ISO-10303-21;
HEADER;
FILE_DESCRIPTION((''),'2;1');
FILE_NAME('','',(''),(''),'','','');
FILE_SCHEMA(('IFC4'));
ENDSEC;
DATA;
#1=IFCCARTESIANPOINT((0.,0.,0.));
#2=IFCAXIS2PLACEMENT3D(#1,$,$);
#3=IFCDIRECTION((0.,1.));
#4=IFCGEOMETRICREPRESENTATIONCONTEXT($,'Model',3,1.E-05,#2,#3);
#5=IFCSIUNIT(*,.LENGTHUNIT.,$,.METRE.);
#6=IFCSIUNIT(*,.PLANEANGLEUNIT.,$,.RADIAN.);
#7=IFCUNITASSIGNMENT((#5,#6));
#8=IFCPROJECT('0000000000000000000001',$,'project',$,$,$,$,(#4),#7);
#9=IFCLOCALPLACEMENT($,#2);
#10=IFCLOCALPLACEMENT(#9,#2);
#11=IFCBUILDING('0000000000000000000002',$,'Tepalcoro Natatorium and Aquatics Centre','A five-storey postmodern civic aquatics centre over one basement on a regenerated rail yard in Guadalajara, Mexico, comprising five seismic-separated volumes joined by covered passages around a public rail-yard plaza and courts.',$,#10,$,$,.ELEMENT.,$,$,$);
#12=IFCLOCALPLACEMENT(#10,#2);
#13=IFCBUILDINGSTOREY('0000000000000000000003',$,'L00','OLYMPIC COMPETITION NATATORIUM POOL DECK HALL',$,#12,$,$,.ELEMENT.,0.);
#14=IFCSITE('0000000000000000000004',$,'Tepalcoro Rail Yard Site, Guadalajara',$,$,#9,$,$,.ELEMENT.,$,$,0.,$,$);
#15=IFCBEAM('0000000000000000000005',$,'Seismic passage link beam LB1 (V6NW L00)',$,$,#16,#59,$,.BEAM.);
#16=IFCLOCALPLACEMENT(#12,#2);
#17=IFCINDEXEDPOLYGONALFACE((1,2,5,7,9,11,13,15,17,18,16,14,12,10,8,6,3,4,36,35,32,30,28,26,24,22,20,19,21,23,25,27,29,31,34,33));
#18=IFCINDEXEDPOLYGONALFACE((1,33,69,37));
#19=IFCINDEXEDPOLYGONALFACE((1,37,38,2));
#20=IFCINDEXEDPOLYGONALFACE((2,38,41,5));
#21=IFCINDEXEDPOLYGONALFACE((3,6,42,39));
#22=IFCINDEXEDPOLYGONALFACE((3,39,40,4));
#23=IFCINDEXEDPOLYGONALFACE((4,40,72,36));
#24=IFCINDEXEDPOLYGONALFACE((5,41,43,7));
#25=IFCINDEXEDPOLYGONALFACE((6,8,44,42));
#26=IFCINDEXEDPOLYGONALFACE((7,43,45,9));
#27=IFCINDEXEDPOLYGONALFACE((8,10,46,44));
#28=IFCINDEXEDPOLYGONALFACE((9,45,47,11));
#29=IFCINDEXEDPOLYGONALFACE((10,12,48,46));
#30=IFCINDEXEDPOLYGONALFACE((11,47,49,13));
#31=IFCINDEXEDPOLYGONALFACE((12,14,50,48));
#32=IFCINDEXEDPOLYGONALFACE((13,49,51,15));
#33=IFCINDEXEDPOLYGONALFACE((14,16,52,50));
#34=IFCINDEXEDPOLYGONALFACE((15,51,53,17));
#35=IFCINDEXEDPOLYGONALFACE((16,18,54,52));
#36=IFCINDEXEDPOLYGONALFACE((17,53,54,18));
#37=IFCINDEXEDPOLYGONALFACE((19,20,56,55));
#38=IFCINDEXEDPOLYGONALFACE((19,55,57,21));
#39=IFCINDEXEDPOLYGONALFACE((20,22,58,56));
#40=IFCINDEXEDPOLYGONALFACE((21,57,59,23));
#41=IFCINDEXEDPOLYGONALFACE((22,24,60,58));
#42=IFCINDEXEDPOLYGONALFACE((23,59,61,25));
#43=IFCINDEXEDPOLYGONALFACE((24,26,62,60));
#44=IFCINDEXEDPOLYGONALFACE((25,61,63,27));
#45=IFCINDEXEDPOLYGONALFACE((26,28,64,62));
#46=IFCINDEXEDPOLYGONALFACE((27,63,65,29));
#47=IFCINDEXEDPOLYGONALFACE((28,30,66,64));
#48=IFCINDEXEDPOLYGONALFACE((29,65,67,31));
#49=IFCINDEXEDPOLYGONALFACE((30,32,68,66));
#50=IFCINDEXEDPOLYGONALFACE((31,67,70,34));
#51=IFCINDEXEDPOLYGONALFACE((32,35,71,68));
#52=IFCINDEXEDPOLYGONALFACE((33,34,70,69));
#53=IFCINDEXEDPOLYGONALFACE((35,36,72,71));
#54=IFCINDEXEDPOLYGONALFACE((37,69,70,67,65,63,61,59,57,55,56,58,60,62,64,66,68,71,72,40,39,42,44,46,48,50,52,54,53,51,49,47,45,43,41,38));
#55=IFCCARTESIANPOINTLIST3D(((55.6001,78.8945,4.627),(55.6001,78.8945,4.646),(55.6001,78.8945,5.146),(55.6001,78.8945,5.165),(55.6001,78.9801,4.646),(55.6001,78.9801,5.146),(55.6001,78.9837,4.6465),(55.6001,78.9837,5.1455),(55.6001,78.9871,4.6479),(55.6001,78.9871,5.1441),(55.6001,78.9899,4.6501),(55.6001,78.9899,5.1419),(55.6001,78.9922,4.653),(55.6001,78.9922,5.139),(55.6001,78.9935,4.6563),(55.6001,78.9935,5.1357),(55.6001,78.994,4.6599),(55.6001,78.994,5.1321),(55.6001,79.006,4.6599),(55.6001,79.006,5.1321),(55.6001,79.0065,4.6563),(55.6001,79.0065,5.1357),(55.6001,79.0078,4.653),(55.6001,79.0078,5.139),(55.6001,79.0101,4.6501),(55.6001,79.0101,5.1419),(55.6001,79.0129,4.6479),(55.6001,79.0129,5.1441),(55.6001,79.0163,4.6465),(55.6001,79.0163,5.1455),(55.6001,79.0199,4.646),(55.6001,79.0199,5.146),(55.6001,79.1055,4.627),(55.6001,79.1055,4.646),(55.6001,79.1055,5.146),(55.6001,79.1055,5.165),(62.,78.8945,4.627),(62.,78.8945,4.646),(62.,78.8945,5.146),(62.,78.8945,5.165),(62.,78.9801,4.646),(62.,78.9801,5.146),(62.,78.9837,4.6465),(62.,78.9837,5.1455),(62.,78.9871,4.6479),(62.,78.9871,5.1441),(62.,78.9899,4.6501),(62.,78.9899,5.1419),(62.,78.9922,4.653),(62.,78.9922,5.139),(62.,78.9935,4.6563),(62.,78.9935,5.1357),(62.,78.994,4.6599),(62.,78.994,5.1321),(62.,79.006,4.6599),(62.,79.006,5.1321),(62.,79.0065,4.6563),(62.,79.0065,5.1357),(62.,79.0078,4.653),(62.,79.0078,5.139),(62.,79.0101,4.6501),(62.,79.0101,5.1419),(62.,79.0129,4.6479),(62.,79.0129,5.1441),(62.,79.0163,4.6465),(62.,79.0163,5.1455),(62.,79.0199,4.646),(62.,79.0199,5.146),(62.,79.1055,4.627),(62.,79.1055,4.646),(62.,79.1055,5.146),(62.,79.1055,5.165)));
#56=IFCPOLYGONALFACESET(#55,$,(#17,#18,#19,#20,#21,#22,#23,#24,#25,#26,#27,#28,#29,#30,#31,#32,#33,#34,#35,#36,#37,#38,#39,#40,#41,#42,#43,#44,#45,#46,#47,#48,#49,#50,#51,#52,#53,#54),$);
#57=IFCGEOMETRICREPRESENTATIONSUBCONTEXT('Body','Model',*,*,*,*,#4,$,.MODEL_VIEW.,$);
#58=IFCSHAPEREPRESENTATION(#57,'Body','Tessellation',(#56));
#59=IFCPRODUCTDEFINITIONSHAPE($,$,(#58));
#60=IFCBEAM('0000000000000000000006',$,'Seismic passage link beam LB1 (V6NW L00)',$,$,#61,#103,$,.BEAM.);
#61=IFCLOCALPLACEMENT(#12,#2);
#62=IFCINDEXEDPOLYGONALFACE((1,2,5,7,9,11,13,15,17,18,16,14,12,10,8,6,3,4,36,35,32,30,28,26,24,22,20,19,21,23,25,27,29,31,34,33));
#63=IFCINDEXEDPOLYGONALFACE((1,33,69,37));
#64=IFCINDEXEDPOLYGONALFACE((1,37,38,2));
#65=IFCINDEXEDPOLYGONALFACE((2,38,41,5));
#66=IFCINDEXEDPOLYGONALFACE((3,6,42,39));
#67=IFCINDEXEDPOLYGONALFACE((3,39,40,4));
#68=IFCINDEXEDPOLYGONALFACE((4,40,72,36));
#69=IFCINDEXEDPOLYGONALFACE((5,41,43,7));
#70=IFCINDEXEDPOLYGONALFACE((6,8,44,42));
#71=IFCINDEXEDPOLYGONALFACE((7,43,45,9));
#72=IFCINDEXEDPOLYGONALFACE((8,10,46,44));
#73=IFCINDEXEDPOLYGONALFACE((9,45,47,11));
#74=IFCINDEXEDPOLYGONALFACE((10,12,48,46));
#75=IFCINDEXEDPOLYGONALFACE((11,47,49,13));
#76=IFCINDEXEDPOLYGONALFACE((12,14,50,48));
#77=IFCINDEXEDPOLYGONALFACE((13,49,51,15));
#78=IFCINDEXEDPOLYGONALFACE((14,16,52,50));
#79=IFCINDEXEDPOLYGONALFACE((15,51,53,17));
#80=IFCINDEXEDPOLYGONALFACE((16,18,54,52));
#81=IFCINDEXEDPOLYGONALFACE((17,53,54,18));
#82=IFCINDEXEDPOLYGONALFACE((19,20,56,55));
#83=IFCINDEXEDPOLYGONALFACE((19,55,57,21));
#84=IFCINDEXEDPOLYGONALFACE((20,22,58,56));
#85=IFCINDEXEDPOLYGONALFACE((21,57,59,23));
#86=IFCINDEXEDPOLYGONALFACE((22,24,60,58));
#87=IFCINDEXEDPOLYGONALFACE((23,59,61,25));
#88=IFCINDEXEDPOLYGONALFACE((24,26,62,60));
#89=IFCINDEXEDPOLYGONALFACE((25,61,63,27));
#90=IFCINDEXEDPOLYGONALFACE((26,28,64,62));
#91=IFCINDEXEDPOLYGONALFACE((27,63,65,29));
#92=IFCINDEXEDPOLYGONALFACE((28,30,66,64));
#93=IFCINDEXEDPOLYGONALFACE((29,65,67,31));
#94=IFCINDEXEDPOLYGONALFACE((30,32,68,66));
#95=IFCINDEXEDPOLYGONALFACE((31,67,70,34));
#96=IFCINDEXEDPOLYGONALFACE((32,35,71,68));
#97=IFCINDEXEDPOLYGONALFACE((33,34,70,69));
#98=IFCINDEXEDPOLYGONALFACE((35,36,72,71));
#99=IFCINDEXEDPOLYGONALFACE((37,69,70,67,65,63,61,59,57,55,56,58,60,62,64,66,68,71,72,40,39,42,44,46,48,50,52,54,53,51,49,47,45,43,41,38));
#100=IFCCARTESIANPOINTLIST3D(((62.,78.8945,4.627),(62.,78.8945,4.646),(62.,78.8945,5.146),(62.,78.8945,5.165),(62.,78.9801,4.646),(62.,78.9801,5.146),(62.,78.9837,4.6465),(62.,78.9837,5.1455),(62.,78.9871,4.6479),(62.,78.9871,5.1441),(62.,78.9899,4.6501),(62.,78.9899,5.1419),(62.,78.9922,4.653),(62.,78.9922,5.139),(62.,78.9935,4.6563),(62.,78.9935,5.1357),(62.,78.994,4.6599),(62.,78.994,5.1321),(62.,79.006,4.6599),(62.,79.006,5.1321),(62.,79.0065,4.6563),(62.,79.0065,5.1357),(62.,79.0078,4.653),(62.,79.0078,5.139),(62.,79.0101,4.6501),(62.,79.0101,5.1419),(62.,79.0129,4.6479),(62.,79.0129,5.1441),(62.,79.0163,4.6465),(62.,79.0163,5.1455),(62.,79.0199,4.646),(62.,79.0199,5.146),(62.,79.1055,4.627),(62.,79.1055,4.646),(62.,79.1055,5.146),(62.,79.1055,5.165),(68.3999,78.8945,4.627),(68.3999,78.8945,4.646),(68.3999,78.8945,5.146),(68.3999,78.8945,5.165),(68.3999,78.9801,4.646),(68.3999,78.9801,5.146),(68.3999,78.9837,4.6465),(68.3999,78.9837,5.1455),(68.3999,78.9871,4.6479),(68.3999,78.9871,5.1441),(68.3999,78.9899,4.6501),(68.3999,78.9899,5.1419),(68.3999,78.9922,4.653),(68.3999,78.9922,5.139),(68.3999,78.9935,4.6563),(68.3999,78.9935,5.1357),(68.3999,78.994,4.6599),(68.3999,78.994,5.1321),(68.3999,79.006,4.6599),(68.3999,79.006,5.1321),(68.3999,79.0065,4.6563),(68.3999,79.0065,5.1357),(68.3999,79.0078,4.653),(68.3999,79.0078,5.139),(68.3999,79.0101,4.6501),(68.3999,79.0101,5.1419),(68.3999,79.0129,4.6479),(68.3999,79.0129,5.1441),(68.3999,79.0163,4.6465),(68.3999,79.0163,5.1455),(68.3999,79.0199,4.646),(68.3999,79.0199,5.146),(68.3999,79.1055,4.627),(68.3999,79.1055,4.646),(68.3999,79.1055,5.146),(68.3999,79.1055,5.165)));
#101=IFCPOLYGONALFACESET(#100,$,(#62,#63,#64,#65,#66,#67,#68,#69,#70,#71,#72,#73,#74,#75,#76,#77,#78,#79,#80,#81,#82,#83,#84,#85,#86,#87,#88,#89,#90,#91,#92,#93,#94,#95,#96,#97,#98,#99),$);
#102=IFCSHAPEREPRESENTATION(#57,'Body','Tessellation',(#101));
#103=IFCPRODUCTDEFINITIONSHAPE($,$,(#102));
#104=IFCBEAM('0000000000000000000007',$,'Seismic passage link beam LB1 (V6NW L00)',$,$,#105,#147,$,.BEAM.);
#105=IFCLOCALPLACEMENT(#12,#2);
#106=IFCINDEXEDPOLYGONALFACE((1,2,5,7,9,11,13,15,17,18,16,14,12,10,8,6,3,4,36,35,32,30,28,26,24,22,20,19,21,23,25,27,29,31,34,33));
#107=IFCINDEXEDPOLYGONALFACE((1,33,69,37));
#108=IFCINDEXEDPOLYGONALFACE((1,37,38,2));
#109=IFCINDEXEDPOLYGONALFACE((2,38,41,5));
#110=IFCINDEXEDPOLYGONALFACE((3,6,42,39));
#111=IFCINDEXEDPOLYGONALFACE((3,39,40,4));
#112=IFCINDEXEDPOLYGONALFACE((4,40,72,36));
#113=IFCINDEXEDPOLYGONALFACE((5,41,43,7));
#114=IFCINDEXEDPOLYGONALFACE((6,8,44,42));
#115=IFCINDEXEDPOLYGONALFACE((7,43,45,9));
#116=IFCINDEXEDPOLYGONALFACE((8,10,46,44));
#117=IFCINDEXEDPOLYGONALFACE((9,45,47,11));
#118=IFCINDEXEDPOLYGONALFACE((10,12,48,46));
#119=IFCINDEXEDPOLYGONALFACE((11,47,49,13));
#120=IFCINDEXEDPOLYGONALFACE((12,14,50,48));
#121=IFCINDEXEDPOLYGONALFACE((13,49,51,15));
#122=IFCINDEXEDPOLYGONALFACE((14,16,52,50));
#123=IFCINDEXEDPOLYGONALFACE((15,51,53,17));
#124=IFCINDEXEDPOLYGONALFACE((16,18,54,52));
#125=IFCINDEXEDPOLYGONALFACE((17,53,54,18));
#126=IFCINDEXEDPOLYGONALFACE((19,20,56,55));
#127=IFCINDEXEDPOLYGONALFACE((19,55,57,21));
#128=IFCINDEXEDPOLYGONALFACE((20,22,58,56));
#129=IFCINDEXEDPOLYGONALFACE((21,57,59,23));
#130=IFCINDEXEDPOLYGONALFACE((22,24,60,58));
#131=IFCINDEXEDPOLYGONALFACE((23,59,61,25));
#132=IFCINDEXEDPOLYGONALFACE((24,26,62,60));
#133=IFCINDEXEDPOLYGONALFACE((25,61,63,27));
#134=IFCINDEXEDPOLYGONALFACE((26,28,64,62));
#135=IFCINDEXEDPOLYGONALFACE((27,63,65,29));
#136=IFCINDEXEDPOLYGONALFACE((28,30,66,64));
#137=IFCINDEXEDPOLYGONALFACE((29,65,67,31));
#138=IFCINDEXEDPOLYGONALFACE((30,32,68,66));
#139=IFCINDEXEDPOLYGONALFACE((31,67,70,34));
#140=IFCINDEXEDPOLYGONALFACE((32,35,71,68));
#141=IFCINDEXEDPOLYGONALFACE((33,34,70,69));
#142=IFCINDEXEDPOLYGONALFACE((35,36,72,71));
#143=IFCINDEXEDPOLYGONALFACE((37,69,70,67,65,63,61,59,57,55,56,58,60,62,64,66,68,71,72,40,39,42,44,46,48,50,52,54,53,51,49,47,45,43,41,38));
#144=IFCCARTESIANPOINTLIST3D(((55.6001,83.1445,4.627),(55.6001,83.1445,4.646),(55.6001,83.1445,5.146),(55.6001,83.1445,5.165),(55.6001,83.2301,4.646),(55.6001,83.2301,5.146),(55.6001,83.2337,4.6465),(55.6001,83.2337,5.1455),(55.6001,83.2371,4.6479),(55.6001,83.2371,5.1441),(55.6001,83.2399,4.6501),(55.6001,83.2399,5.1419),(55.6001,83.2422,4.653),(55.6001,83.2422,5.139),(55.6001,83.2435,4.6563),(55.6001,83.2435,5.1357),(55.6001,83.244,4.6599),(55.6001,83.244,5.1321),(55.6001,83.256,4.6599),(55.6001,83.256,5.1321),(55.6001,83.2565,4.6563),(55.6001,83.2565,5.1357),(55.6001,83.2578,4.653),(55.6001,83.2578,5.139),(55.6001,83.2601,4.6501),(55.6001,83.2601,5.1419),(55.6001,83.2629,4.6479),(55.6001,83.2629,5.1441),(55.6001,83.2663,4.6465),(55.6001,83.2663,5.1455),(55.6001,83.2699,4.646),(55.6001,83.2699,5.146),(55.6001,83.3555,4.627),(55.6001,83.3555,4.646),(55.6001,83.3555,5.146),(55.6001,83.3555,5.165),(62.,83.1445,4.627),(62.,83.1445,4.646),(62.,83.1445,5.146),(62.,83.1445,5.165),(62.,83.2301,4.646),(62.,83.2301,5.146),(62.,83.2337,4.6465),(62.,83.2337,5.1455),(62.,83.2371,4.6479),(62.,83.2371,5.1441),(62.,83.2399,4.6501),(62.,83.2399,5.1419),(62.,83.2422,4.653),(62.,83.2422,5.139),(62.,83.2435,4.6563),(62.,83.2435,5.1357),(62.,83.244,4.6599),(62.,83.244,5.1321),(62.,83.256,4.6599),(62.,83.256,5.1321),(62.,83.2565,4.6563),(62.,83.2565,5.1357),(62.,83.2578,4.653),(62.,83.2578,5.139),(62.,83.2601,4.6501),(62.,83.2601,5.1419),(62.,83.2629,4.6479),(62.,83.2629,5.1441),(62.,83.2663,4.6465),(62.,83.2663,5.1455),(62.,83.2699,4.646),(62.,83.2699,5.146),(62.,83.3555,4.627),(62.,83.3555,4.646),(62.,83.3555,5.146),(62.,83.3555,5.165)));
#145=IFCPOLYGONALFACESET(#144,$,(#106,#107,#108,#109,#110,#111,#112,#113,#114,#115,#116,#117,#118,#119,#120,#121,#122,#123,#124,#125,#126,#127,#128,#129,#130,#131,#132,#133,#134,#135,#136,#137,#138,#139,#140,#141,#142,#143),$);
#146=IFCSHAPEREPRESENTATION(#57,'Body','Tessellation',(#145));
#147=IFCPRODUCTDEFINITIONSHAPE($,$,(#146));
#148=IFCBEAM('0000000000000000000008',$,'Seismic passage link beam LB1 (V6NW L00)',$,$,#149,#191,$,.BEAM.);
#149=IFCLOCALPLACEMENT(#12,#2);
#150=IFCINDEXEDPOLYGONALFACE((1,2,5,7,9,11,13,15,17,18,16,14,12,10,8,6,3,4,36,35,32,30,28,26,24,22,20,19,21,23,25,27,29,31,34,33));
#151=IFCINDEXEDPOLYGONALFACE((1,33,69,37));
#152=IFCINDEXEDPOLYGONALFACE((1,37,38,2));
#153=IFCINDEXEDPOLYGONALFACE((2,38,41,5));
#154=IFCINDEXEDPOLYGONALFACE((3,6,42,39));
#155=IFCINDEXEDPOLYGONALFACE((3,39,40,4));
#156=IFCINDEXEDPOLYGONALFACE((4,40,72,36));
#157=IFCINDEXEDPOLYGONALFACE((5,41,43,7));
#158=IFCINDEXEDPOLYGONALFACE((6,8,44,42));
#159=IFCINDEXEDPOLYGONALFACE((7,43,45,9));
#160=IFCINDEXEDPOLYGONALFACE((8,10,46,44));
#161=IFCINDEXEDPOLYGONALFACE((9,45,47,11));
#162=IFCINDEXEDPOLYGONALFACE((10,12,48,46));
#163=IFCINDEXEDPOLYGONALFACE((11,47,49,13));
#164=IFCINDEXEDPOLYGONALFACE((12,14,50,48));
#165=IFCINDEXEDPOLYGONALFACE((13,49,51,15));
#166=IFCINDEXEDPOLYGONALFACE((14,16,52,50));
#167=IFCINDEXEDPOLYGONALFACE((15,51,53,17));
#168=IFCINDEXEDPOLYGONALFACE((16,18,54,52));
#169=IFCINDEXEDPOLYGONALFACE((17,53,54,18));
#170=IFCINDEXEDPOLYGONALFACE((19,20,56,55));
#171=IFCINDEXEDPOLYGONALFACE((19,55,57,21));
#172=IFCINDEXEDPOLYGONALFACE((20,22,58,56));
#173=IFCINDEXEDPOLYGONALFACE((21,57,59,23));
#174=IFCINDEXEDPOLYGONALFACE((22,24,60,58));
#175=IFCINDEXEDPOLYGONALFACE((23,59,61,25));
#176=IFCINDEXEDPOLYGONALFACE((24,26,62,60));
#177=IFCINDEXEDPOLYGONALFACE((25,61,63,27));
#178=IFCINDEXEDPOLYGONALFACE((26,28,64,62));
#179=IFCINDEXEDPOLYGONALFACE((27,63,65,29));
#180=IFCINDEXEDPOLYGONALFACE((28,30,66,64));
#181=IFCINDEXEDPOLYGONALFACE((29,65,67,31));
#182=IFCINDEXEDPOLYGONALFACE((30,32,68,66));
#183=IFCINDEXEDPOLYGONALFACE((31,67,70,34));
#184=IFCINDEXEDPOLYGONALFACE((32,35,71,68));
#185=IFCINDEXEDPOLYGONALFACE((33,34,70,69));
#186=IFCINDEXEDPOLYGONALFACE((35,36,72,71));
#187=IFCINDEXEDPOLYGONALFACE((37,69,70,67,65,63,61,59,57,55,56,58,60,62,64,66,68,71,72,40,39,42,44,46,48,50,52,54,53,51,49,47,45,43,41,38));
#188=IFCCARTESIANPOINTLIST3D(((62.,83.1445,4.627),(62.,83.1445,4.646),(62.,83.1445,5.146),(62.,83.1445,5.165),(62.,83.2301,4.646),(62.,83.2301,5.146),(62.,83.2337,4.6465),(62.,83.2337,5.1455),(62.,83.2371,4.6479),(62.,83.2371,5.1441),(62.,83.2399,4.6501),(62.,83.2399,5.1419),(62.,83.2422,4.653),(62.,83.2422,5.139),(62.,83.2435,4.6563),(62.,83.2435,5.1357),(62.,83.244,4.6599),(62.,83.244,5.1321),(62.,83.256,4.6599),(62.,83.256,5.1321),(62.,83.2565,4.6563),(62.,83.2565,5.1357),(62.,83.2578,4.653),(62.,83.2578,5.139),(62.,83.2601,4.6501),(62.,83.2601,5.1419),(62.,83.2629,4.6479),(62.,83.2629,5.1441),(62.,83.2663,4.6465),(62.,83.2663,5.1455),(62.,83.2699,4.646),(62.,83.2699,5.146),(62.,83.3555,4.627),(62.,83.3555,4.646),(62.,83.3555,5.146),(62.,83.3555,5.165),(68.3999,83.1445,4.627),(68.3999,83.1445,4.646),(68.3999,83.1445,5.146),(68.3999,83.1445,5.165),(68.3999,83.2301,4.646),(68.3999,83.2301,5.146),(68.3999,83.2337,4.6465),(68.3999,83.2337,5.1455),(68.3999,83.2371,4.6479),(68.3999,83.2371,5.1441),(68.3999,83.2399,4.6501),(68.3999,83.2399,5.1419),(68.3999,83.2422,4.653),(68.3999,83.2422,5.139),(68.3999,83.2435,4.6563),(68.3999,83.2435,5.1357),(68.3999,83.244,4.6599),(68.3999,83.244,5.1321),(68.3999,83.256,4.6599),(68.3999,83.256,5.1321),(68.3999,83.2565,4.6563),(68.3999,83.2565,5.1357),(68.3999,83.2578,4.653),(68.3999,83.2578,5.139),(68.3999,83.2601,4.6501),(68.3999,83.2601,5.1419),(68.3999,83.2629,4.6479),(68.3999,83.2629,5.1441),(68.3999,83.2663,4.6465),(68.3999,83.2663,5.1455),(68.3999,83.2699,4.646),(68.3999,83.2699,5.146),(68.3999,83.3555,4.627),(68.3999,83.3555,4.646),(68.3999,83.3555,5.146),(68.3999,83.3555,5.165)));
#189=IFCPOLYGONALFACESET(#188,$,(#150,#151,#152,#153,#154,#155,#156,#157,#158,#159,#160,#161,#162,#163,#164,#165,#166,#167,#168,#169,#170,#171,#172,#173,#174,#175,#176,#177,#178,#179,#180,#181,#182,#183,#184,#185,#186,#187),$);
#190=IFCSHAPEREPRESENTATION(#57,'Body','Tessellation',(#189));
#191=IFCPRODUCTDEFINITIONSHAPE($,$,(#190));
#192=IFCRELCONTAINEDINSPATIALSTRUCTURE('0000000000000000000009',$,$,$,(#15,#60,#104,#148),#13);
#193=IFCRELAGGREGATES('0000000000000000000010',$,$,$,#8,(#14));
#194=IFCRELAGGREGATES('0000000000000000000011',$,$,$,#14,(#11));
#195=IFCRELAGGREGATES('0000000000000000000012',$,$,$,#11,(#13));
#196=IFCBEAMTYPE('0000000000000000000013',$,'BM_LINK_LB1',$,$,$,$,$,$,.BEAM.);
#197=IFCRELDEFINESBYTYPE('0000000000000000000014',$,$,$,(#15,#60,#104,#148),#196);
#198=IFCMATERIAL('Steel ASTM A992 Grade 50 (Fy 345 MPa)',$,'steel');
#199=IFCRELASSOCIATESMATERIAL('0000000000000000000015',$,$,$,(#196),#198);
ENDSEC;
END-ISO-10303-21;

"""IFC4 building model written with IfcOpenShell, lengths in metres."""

from ifc_helpers import new_model, si_unit, direction, frame, origin, origin_2d, place, context, subcontext, project, spatial, i_section, extrude, material, material_profile, profile_set, type_object, element, save


model = new_model("IFC4")

# Units and contexts
model_context = context("Model", 3, precision=1e-05, world=origin(), true_north=direction((0.0, 1.0)))
body_context = subcontext(model_context, "Body", "Model", "MODEL_VIEW")
ifc_project = project(units=[si_unit("LENGTHUNIT", "METRE"), si_unit("PLANEANGLEUNIT", "RADIAN")], contexts=[model_context])

# Site, building, storey
site_placement = place(None, origin())
site = spatial("IfcSite", under=ifc_project, at=site_placement, Name="Tepalcoro Rail Yard Site, Guadalajara", CompositionType="ELEMENT", RefElevation=0.0)
building_placement = place(site_placement, origin())
building = spatial("IfcBuilding", under=site, at=building_placement, Name="Tepalcoro Natatorium and Aquatics Centre", Description="A five-storey postmodern civic aquatics centre over one basement on a regenerated rail yard in Guadalajara, Mexico, comprising five seismic-separated volumes joined by covered passages around a public rail-yard plaza and courts.", CompositionType="ELEMENT")
storey_placement = place(building_placement, origin())
storey = spatial("IfcBuildingStorey", under=building, at=storey_placement, Name="L00", Description="OLYMPIC COMPETITION NATATORIUM POOL DECK HALL", CompositionType="ELEMENT", Elevation=0.0)

# Shared definitions
ifc_material_1 = material(Name="Steel ASTM A992 Grade 50 (Fy 345 MPa)", Category="steel")

# Beams
ifc_material_profile_1 = material_profile(ifc_material_1, i_section(OverallWidth=0.2109, OverallDepth=0.5381, WebThickness=0.012, FlangeThickness=0.019, FilletRadius=0.0139, at=origin_2d()), Name="W21X73")
ifc_profile_set_1 = profile_set([ifc_material_profile_1], Name="Steel ASTM A992 Grade 50 (Fy 345 MPa)")
beam_type = type_object("IfcBeamType", Name="BM_LINK_LB1", PredefinedType="BEAM", material=ifc_profile_set_1)
for number, where, z_axis, x_axis, name in (
    (1, (55.6001, 79.0, 4.896), (1.0, 0.0, 0.0), (0.0, 1.0, 0.0), "Seismic passage link beam LB1 (V6NW L00)"),
    (2, (62.0, 79.0, 4.896), (1.0, 0.0, 0.0), (0.0, 1.0, 0.0), "Seismic passage link beam LB1 (V6NW L00)"),
    (3, (55.6001, 83.25, 4.896), (1.0, 0.0, 0.0), (0.0, 1.0, 0.0), "Seismic passage link beam LB1 (V6NW L00)"),
    (4, (62.0, 83.25, 4.896), (1.0, 0.0, 0.0), (0.0, 1.0, 0.0), "Seismic passage link beam LB1 (V6NW L00)"),
):
    element("IfcBeam", number, at=place(storey_placement, frame(where, z_axis=z_axis, x_axis=x_axis)), inside=storey, type_object=beam_type, Name=name, PredefinedType="BEAM", context=body_context, shape_type="SweptSolid", body=[
        extrude(i_section(OverallWidth=0.2109, OverallDepth=0.5381, WebThickness=0.012, FlangeThickness=0.019, FilletRadius=0.0139, at=origin_2d()), origin(), (0.0, 0.0, 1.0), 6.3999),
    ])

save(model, "model.ifc")
